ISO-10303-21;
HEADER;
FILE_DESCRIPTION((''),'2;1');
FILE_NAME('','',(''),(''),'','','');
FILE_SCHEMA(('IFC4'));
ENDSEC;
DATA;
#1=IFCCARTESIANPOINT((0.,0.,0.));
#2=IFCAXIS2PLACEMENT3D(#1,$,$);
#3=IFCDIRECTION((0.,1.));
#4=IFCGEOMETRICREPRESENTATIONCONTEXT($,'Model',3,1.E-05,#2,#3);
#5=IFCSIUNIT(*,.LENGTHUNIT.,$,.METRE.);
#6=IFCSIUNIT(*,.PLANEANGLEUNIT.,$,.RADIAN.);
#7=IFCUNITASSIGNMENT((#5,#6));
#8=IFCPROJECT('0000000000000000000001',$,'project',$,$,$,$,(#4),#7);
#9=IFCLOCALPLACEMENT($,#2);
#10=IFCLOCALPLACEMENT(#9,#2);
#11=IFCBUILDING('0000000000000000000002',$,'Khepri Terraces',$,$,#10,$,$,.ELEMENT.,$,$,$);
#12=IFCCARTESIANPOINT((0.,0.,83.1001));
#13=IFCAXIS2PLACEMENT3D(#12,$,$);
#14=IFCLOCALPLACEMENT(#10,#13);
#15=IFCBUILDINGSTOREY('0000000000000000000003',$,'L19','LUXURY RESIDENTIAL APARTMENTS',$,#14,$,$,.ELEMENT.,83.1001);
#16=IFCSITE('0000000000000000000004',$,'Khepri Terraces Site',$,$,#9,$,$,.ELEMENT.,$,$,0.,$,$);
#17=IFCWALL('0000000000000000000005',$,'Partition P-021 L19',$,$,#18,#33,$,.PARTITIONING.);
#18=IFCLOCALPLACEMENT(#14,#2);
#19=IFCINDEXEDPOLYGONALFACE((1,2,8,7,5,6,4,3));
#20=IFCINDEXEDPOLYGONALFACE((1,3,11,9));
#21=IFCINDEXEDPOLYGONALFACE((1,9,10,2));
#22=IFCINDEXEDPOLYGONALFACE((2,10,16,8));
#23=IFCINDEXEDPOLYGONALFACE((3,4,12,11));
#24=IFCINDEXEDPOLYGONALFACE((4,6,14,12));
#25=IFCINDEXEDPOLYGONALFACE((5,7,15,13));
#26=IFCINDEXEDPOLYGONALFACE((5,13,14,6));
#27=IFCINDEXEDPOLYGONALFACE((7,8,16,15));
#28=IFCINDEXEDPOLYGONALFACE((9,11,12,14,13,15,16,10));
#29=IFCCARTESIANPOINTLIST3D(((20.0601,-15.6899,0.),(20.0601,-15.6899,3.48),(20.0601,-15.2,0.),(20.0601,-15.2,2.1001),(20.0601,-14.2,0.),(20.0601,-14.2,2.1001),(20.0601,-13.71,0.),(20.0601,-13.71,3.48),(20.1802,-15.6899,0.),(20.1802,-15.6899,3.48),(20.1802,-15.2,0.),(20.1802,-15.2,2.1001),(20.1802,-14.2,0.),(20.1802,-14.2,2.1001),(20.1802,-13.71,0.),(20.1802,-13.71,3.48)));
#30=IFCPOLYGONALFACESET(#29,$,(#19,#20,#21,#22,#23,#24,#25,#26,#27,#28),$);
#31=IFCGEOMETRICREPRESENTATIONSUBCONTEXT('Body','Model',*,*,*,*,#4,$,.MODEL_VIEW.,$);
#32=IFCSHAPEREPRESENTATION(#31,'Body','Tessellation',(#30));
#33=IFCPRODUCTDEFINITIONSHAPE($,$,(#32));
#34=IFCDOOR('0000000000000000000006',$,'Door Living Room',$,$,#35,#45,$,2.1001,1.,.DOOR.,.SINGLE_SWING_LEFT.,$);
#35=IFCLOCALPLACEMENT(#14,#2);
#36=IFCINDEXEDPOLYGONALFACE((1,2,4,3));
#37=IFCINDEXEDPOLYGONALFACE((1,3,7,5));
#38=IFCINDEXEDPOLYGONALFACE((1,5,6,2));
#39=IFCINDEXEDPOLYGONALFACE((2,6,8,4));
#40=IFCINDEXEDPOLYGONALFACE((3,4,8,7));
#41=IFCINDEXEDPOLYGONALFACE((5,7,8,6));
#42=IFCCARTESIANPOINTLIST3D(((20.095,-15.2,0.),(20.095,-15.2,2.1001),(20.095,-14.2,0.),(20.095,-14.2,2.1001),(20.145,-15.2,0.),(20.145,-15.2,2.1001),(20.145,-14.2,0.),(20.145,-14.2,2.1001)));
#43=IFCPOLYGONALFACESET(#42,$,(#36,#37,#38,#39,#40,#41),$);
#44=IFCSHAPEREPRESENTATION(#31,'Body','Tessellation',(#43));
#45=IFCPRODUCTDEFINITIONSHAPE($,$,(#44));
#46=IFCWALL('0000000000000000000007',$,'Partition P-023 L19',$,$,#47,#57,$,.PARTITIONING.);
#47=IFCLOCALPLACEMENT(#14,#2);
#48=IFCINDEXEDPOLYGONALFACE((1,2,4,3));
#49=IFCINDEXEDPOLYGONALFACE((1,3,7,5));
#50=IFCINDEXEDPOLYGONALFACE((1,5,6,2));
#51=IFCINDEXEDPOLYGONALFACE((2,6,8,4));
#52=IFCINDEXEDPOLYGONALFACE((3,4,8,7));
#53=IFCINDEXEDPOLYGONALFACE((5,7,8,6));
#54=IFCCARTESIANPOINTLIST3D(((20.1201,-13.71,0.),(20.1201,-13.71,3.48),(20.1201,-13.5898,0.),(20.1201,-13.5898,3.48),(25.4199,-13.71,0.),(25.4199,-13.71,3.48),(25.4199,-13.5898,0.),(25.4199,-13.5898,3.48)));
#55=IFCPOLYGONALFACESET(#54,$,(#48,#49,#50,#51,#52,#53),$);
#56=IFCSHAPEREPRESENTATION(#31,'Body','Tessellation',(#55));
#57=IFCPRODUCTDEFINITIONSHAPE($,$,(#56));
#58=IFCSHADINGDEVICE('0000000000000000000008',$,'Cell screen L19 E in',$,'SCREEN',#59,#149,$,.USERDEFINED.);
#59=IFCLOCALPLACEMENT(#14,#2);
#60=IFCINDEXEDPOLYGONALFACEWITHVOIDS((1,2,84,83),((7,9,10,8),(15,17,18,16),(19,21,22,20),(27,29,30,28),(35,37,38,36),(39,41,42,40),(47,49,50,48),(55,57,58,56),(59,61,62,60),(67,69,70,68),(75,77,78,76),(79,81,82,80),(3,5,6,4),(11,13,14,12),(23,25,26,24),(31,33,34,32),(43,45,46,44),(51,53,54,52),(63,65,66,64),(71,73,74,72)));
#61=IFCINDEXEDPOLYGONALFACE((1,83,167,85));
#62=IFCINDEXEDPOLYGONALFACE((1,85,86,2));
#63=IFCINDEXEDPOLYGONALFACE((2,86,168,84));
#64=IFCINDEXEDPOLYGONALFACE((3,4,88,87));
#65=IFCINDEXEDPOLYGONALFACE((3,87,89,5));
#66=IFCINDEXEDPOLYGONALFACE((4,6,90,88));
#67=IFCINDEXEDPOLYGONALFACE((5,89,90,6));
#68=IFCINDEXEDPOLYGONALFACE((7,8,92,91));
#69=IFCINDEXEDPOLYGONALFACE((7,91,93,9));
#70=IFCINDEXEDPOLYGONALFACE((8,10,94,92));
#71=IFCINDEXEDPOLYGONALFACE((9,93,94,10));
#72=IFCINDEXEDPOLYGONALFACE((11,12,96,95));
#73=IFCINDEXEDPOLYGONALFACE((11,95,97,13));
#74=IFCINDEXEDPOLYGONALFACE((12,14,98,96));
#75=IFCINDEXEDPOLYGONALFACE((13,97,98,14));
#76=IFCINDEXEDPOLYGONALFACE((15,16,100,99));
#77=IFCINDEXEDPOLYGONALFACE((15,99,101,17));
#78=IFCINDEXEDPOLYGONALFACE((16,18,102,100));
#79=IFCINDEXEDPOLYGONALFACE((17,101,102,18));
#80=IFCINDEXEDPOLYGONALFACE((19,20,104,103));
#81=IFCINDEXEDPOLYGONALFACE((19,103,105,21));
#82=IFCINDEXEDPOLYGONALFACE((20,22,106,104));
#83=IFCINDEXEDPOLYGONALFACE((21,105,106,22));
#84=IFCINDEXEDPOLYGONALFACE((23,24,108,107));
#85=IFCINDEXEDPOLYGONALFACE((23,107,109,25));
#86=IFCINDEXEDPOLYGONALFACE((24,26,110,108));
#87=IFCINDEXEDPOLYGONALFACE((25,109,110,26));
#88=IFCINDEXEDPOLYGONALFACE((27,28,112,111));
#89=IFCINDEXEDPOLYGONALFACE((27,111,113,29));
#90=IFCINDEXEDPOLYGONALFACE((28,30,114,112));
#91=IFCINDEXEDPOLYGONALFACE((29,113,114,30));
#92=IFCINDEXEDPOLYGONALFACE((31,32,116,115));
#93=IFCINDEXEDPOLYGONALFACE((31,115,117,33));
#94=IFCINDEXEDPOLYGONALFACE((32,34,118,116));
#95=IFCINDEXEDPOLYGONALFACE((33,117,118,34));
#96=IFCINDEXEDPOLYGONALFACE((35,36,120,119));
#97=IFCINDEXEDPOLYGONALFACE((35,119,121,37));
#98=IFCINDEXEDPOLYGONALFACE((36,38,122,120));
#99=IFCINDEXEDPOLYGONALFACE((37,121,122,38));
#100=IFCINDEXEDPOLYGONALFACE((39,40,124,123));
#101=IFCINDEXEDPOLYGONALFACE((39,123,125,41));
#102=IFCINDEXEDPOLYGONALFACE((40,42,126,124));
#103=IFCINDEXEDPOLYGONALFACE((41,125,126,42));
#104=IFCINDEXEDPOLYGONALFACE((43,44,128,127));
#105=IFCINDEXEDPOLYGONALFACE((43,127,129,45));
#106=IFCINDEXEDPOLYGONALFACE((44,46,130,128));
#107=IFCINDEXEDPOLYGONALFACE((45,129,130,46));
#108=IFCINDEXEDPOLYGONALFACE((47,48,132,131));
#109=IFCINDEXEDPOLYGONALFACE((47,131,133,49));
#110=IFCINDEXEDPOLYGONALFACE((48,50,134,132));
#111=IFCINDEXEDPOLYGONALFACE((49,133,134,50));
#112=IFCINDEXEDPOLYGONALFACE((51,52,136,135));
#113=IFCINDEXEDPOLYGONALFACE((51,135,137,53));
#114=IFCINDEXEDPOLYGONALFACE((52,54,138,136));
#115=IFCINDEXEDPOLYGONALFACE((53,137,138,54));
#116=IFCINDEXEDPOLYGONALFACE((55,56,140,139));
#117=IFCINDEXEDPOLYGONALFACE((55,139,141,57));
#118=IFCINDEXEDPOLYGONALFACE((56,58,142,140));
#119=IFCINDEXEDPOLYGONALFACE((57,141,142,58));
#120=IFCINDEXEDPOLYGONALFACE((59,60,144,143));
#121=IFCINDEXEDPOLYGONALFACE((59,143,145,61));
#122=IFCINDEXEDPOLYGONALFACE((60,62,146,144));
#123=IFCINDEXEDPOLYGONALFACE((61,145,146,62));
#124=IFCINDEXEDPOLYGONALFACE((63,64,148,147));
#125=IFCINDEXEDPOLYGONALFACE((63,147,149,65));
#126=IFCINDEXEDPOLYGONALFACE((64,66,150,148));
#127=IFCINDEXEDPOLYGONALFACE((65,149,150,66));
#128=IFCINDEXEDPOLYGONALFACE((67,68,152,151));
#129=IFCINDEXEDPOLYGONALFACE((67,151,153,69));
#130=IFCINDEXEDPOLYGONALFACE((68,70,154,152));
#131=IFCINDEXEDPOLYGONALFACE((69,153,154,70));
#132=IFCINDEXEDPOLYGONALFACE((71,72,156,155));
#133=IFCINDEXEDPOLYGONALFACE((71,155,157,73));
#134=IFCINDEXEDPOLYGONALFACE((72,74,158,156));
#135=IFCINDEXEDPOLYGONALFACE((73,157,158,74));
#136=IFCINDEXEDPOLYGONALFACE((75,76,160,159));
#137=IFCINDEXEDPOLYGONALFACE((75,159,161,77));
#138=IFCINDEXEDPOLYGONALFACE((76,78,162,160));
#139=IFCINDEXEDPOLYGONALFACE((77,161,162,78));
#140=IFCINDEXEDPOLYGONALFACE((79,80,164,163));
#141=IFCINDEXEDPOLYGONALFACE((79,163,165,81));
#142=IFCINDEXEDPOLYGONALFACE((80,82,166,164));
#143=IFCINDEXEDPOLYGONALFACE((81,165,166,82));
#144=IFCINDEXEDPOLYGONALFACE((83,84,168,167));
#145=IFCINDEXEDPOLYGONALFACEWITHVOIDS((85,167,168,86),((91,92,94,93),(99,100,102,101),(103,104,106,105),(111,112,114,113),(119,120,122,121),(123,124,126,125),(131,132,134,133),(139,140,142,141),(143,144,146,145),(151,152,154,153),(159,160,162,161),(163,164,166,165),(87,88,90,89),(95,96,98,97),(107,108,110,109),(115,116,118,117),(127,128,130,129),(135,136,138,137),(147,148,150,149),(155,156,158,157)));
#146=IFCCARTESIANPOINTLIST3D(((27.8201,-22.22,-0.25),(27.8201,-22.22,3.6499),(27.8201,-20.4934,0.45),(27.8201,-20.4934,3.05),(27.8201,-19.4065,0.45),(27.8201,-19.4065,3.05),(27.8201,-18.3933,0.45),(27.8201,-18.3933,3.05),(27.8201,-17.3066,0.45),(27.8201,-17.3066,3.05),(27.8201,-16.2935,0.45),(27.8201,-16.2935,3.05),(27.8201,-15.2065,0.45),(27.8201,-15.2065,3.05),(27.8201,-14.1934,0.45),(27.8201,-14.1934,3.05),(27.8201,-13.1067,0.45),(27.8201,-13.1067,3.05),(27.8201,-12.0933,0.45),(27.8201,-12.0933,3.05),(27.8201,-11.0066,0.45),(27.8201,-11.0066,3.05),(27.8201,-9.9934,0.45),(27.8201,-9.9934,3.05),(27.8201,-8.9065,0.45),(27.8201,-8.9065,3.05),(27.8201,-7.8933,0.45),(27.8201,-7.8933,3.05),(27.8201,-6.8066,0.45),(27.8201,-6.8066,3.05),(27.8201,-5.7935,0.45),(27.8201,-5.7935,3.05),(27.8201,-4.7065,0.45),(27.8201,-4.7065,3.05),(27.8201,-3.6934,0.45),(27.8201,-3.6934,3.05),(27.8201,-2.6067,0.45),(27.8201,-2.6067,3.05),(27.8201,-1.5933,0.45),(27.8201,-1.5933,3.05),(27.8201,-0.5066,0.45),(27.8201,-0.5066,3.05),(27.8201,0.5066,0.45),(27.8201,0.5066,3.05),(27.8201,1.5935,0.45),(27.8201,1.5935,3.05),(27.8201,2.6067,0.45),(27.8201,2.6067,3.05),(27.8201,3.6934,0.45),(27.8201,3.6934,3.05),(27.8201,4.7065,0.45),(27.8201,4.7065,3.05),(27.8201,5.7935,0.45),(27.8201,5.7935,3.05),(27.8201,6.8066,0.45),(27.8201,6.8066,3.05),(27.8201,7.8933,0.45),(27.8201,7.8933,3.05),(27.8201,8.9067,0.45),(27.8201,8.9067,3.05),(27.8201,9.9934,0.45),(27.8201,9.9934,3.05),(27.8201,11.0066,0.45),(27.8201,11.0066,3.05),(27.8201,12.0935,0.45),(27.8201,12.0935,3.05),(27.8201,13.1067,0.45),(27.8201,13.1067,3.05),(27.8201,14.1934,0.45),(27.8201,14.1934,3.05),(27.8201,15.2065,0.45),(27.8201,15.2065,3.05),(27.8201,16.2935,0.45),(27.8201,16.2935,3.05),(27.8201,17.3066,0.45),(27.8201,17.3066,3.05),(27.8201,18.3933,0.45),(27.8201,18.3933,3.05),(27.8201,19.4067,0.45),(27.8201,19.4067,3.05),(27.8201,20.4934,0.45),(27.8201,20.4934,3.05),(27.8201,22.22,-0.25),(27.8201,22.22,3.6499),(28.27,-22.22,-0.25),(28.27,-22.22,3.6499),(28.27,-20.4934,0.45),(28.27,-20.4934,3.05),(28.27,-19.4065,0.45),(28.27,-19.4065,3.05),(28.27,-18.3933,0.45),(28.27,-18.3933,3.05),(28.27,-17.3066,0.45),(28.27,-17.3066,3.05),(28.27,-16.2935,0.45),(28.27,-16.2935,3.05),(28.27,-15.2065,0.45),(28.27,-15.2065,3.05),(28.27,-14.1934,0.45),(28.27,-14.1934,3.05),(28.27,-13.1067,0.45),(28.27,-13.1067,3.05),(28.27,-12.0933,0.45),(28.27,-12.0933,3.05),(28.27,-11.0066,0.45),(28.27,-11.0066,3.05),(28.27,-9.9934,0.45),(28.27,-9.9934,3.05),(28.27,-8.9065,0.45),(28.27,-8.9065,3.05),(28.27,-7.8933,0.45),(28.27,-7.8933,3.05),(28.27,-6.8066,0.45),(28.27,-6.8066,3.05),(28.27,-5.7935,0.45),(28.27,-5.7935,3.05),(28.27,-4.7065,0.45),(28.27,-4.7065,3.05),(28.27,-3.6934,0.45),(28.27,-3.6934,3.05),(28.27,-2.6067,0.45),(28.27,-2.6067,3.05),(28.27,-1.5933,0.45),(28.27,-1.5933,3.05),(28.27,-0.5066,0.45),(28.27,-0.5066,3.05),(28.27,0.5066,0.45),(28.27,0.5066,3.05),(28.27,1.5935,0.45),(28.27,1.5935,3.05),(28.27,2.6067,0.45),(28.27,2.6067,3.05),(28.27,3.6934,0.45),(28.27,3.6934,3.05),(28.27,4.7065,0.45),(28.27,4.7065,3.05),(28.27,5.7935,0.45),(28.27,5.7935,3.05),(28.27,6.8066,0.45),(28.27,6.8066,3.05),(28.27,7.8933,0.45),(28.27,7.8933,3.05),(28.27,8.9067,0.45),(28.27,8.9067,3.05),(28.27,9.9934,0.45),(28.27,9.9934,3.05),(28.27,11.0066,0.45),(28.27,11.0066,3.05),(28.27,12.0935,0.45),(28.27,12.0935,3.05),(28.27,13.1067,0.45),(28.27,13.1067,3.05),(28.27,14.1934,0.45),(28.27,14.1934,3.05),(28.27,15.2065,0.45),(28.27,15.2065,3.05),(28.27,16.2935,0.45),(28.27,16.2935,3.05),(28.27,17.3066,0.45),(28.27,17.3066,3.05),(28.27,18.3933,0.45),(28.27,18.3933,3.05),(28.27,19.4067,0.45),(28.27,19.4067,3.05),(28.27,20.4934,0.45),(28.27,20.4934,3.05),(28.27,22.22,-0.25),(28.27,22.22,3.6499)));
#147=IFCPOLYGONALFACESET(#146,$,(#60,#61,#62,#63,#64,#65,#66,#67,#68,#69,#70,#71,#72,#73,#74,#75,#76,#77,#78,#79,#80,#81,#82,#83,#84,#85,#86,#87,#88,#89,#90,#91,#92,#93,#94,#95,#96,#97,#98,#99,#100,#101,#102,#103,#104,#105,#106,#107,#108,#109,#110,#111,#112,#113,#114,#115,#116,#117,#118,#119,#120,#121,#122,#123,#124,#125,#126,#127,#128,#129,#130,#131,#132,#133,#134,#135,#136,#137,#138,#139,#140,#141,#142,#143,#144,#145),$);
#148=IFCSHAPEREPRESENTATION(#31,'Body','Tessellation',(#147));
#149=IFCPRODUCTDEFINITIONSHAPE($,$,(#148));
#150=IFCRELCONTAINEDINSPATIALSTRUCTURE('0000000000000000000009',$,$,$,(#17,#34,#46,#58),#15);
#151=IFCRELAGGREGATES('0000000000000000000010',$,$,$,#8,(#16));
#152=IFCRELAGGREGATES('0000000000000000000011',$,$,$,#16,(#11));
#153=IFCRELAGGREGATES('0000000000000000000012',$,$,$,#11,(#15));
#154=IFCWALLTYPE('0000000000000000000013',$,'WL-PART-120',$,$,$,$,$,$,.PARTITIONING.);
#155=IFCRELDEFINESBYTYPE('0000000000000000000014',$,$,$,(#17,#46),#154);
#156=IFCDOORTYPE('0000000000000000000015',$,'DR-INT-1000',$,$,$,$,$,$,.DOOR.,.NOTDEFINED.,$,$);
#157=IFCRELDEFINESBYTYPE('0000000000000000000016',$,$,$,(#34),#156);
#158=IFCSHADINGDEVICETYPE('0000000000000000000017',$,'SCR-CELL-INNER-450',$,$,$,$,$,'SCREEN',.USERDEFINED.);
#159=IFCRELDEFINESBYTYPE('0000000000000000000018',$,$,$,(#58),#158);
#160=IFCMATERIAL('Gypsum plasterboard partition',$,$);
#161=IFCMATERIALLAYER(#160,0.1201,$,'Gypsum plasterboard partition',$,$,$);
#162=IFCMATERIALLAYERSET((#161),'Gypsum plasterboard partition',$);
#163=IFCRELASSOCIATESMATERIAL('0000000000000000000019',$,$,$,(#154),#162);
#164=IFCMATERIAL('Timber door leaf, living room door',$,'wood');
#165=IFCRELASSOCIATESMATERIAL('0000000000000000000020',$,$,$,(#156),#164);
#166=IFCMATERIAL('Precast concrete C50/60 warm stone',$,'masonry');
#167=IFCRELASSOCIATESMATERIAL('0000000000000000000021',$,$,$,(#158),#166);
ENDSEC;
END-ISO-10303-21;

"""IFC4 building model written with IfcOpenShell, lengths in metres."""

from ifc_helpers import new_model, si_unit, direction, frame, frame_2d, origin, place, context, subcontext, project, spatial, polyline, rectangle, outline, extrude, material, layer, layer_set, type_object, element, fill, save


model = new_model("IFC4")

# Units and contexts
model_context = context("Model", 3, precision=1e-05, world=origin(), true_north=direction((0.0, 1.0)))
body_context = subcontext(model_context, "Body", "Model", "MODEL_VIEW")
ifc_project = project(units=[si_unit("LENGTHUNIT", "METRE"), si_unit("PLANEANGLEUNIT", "RADIAN")], contexts=[model_context])

# Site, building, storey
site_placement = place(None, origin())
site = spatial("IfcSite", under=ifc_project, at=site_placement, Name="Khepri Terraces Site", CompositionType="ELEMENT", RefElevation=0.0)
building_placement = place(site_placement, origin())
building = spatial("IfcBuilding", under=site, at=building_placement, Name="Khepri Terraces", CompositionType="ELEMENT")
storey_placement = place(building_placement, frame((0.0, 0.0, 83.1001)))
storey = spatial("IfcBuildingStorey", under=building, at=storey_placement, Name="L19", Description="LUXURY RESIDENTIAL APARTMENTS", CompositionType="ELEMENT", Elevation=83.1001)

# Shared definitions
ifc_material_1 = material(Name="Precast concrete C50/60 warm stone", Category="masonry")

# Shared definitions
ifc_material_2 = material(Name="Gypsum plasterboard partition")
ifc_layer_1 = layer(ifc_material_2, 0.1201, Name="Gypsum plasterboard partition")
ifc_layer_set_1 = layer_set([ifc_layer_1], Name="Gypsum plasterboard partition")
wall_type_1 = type_object("IfcWallType", Name="WL-PART-120", PredefinedType="PARTITIONING", material=ifc_layer_set_1)

# Wall, opening, door
ifc_material_3 = material(Name="Timber door leaf, living room door", Category="wood")
door_type_1 = type_object("IfcDoorType", Name="DR-INT-1000", OperationType="NOTDEFINED", PredefinedType="DOOR", material=ifc_material_3)
wall_1_placement = place(storey_placement, frame((20.1201, -15.6899, 0.0), z_axis=(0.0, 0.0, 1.0), x_axis=(0.0, 1.0, 0.0)))
wall_1 = element("IfcWall", 1, at=wall_1_placement, inside=storey, type_object=wall_type_1, Name="Partition P-021 L19", PredefinedType="PARTITIONING", context=body_context, shape_type="SweptSolid", body=[
    extrude(rectangle(XDim=1.98, YDim=0.1201, at=frame_2d((0.99, 0.0))), origin(), (0.0, 0.0, 1.0), 3.48),
])
opening_1_placement = place(wall_1_placement, frame((0.49, 0.0, 0.0)))
opening_1 = element("IfcOpeningElement", 2, at=opening_1_placement, cuts=wall_1, PredefinedType="OPENING", context=body_context, shape_type="SweptSolid", body=[
    extrude(rectangle(XDim=1.0, YDim=2.1001, at=frame_2d((0.5, 1.05))), frame((0.0, 0.0701, 0.0), z_axis=(0.0, -1.0, 0.0), x_axis=(1.0, 0.0, 0.0)), (0.0, 0.0, 1.0), 0.1401),
])
door_1_placement = place(opening_1_placement, frame((1.0, 0.0, 0.0), z_axis=(0.0, 0.0, 1.0), x_axis=(-1.0, 0.0, 0.0)))
door_1 = element("IfcDoor", 3, at=door_1_placement, inside=storey, type_object=door_type_1, Name="Door Living Room", OperationType="SINGLE_SWING_LEFT", OverallHeight=2.1001, OverallWidth=1.0, PredefinedType="DOOR", context=body_context, shape_type="SweptSolid", body=[
    extrude(rectangle(XDim=1.0, YDim=2.1001, at=frame_2d((0.5, 1.05))), frame((0.0, 0.0249, 0.0), z_axis=(0.0, -1.0, 0.0), x_axis=(1.0, 0.0, 0.0)), (0.0, 0.0, 1.0), 0.05),
])
fill(opening_1, door_1)

# Wall
wall_2_placement = place(storey_placement, frame((20.1201, -13.6499, 0.0), z_axis=(0.0, 0.0, 1.0), x_axis=(1.0, 0.0, 0.0)))
element("IfcWall", 4, at=wall_2_placement, inside=storey, type_object=wall_type_1, Name="Partition P-023 L19", PredefinedType="PARTITIONING", context=body_context, shape_type="SweptSolid", body=[
    extrude(rectangle(XDim=5.2998, YDim=0.1201, at=frame_2d((2.6499, 0.0))), origin(), (0.0, 0.0, 1.0), 3.48),
])

# Shading device
shading_device_type_1 = type_object("IfcShadingDeviceType", Name="SCR-CELL-INNER-450", ElementType="SCREEN", PredefinedType="USERDEFINED", material=ifc_material_1)
shading_device_1_placement = place(storey_placement, frame((27.8201, -22.22, -0.25), z_axis=(1.0, 0.0, 0.0), x_axis=(0.0, 1.0, 0.0)))
element("IfcShadingDevice", 5, at=shading_device_1_placement, inside=storey, type_object=shading_device_type_1, Name="Cell screen L19 E in", ObjectType="SCREEN", PredefinedType="USERDEFINED", context=body_context, shape_type="SweptSolid", body=[
    extrude(outline(polyline([(0.0, 0.0), (44.4399, 0.0), (44.4399, 3.8999), (0.0, 3.8999), (0.0, 0.0)]), holes=[polyline([(1.7266, 0.7), (2.8135, 0.7), (2.8135, 3.3), (1.7266, 3.3), (1.7266, 0.7)]), polyline([(3.8267, 0.7), (4.9133, 0.7), (4.9133, 3.3), (3.8267, 3.3), (3.8267, 0.7)]), polyline([(5.9265, 0.7), (7.0134, 0.7), (7.0134, 3.3), (5.9265, 3.3), (5.9265, 0.7)]), polyline([(8.0266, 0.7), (9.1133, 0.7), (9.1133, 3.3), (8.0266, 3.3), (8.0266, 0.7)]), polyline([(10.1267, 0.7), (11.2134, 0.7), (11.2134, 3.3), (10.1267, 3.3), (10.1267, 0.7)]), polyline([(12.2266, 0.7), (13.3135, 0.7), (13.3135, 3.3), (12.2266, 3.3), (12.2266, 0.7)]), polyline([(14.3267, 0.7), (15.4133, 0.7), (15.4133, 3.3), (14.3267, 3.3), (14.3267, 0.7)]), polyline([(16.4265, 0.7), (17.5134, 0.7), (17.5134, 3.3), (16.4265, 3.3), (16.4265, 0.7)]), polyline([(18.5266, 0.7), (19.6133, 0.7), (19.6133, 3.3), (18.5266, 3.3), (18.5266, 0.7)]), polyline([(20.6267, 0.7), (21.7134, 0.7), (21.7134, 3.3), (20.6267, 3.3), (20.6267, 0.7)]), polyline([(22.7266, 0.7), (23.8135, 0.7), (23.8135, 3.3), (22.7266, 3.3), (22.7266, 0.7)]), polyline([(24.8267, 0.7), (25.9133, 0.7), (25.9133, 3.3), (24.8267, 3.3), (24.8267, 0.7)]), polyline([(26.9265, 0.7), (28.0134, 0.7), (28.0134, 3.3), (26.9265, 3.3), (26.9265, 0.7)]), polyline([(29.0266, 0.7), (30.1133, 0.7), (30.1133, 3.3), (29.0266, 3.3), (29.0266, 0.7)]), polyline([(31.1267, 0.7), (32.2134, 0.7), (32.2134, 3.3), (31.1267, 3.3), (31.1267, 0.7)]), polyline([(33.2266, 0.7), (34.3135, 0.7), (34.3135, 3.3), (33.2266, 3.3), (33.2266, 0.7)]), polyline([(35.3267, 0.7), (36.4133, 0.7), (36.4133, 3.3), (35.3267, 3.3), (35.3267, 0.7)]), polyline([(37.4265, 0.7), (38.5134, 0.7), (38.5134, 3.3), (37.4265, 3.3), (37.4265, 0.7)]), polyline([(39.5266, 0.7), (40.6133, 0.7), (40.6133, 3.3), (39.5266, 3.3), (39.5266, 0.7)]), polyline([(41.6267, 0.7), (42.7134, 0.7), (42.7134, 3.3), (41.6267, 3.3), (41.6267, 0.7)])]), origin(), (0.0, 0.0, 1.0), 0.45),
])

save(model, "model.ifc")
